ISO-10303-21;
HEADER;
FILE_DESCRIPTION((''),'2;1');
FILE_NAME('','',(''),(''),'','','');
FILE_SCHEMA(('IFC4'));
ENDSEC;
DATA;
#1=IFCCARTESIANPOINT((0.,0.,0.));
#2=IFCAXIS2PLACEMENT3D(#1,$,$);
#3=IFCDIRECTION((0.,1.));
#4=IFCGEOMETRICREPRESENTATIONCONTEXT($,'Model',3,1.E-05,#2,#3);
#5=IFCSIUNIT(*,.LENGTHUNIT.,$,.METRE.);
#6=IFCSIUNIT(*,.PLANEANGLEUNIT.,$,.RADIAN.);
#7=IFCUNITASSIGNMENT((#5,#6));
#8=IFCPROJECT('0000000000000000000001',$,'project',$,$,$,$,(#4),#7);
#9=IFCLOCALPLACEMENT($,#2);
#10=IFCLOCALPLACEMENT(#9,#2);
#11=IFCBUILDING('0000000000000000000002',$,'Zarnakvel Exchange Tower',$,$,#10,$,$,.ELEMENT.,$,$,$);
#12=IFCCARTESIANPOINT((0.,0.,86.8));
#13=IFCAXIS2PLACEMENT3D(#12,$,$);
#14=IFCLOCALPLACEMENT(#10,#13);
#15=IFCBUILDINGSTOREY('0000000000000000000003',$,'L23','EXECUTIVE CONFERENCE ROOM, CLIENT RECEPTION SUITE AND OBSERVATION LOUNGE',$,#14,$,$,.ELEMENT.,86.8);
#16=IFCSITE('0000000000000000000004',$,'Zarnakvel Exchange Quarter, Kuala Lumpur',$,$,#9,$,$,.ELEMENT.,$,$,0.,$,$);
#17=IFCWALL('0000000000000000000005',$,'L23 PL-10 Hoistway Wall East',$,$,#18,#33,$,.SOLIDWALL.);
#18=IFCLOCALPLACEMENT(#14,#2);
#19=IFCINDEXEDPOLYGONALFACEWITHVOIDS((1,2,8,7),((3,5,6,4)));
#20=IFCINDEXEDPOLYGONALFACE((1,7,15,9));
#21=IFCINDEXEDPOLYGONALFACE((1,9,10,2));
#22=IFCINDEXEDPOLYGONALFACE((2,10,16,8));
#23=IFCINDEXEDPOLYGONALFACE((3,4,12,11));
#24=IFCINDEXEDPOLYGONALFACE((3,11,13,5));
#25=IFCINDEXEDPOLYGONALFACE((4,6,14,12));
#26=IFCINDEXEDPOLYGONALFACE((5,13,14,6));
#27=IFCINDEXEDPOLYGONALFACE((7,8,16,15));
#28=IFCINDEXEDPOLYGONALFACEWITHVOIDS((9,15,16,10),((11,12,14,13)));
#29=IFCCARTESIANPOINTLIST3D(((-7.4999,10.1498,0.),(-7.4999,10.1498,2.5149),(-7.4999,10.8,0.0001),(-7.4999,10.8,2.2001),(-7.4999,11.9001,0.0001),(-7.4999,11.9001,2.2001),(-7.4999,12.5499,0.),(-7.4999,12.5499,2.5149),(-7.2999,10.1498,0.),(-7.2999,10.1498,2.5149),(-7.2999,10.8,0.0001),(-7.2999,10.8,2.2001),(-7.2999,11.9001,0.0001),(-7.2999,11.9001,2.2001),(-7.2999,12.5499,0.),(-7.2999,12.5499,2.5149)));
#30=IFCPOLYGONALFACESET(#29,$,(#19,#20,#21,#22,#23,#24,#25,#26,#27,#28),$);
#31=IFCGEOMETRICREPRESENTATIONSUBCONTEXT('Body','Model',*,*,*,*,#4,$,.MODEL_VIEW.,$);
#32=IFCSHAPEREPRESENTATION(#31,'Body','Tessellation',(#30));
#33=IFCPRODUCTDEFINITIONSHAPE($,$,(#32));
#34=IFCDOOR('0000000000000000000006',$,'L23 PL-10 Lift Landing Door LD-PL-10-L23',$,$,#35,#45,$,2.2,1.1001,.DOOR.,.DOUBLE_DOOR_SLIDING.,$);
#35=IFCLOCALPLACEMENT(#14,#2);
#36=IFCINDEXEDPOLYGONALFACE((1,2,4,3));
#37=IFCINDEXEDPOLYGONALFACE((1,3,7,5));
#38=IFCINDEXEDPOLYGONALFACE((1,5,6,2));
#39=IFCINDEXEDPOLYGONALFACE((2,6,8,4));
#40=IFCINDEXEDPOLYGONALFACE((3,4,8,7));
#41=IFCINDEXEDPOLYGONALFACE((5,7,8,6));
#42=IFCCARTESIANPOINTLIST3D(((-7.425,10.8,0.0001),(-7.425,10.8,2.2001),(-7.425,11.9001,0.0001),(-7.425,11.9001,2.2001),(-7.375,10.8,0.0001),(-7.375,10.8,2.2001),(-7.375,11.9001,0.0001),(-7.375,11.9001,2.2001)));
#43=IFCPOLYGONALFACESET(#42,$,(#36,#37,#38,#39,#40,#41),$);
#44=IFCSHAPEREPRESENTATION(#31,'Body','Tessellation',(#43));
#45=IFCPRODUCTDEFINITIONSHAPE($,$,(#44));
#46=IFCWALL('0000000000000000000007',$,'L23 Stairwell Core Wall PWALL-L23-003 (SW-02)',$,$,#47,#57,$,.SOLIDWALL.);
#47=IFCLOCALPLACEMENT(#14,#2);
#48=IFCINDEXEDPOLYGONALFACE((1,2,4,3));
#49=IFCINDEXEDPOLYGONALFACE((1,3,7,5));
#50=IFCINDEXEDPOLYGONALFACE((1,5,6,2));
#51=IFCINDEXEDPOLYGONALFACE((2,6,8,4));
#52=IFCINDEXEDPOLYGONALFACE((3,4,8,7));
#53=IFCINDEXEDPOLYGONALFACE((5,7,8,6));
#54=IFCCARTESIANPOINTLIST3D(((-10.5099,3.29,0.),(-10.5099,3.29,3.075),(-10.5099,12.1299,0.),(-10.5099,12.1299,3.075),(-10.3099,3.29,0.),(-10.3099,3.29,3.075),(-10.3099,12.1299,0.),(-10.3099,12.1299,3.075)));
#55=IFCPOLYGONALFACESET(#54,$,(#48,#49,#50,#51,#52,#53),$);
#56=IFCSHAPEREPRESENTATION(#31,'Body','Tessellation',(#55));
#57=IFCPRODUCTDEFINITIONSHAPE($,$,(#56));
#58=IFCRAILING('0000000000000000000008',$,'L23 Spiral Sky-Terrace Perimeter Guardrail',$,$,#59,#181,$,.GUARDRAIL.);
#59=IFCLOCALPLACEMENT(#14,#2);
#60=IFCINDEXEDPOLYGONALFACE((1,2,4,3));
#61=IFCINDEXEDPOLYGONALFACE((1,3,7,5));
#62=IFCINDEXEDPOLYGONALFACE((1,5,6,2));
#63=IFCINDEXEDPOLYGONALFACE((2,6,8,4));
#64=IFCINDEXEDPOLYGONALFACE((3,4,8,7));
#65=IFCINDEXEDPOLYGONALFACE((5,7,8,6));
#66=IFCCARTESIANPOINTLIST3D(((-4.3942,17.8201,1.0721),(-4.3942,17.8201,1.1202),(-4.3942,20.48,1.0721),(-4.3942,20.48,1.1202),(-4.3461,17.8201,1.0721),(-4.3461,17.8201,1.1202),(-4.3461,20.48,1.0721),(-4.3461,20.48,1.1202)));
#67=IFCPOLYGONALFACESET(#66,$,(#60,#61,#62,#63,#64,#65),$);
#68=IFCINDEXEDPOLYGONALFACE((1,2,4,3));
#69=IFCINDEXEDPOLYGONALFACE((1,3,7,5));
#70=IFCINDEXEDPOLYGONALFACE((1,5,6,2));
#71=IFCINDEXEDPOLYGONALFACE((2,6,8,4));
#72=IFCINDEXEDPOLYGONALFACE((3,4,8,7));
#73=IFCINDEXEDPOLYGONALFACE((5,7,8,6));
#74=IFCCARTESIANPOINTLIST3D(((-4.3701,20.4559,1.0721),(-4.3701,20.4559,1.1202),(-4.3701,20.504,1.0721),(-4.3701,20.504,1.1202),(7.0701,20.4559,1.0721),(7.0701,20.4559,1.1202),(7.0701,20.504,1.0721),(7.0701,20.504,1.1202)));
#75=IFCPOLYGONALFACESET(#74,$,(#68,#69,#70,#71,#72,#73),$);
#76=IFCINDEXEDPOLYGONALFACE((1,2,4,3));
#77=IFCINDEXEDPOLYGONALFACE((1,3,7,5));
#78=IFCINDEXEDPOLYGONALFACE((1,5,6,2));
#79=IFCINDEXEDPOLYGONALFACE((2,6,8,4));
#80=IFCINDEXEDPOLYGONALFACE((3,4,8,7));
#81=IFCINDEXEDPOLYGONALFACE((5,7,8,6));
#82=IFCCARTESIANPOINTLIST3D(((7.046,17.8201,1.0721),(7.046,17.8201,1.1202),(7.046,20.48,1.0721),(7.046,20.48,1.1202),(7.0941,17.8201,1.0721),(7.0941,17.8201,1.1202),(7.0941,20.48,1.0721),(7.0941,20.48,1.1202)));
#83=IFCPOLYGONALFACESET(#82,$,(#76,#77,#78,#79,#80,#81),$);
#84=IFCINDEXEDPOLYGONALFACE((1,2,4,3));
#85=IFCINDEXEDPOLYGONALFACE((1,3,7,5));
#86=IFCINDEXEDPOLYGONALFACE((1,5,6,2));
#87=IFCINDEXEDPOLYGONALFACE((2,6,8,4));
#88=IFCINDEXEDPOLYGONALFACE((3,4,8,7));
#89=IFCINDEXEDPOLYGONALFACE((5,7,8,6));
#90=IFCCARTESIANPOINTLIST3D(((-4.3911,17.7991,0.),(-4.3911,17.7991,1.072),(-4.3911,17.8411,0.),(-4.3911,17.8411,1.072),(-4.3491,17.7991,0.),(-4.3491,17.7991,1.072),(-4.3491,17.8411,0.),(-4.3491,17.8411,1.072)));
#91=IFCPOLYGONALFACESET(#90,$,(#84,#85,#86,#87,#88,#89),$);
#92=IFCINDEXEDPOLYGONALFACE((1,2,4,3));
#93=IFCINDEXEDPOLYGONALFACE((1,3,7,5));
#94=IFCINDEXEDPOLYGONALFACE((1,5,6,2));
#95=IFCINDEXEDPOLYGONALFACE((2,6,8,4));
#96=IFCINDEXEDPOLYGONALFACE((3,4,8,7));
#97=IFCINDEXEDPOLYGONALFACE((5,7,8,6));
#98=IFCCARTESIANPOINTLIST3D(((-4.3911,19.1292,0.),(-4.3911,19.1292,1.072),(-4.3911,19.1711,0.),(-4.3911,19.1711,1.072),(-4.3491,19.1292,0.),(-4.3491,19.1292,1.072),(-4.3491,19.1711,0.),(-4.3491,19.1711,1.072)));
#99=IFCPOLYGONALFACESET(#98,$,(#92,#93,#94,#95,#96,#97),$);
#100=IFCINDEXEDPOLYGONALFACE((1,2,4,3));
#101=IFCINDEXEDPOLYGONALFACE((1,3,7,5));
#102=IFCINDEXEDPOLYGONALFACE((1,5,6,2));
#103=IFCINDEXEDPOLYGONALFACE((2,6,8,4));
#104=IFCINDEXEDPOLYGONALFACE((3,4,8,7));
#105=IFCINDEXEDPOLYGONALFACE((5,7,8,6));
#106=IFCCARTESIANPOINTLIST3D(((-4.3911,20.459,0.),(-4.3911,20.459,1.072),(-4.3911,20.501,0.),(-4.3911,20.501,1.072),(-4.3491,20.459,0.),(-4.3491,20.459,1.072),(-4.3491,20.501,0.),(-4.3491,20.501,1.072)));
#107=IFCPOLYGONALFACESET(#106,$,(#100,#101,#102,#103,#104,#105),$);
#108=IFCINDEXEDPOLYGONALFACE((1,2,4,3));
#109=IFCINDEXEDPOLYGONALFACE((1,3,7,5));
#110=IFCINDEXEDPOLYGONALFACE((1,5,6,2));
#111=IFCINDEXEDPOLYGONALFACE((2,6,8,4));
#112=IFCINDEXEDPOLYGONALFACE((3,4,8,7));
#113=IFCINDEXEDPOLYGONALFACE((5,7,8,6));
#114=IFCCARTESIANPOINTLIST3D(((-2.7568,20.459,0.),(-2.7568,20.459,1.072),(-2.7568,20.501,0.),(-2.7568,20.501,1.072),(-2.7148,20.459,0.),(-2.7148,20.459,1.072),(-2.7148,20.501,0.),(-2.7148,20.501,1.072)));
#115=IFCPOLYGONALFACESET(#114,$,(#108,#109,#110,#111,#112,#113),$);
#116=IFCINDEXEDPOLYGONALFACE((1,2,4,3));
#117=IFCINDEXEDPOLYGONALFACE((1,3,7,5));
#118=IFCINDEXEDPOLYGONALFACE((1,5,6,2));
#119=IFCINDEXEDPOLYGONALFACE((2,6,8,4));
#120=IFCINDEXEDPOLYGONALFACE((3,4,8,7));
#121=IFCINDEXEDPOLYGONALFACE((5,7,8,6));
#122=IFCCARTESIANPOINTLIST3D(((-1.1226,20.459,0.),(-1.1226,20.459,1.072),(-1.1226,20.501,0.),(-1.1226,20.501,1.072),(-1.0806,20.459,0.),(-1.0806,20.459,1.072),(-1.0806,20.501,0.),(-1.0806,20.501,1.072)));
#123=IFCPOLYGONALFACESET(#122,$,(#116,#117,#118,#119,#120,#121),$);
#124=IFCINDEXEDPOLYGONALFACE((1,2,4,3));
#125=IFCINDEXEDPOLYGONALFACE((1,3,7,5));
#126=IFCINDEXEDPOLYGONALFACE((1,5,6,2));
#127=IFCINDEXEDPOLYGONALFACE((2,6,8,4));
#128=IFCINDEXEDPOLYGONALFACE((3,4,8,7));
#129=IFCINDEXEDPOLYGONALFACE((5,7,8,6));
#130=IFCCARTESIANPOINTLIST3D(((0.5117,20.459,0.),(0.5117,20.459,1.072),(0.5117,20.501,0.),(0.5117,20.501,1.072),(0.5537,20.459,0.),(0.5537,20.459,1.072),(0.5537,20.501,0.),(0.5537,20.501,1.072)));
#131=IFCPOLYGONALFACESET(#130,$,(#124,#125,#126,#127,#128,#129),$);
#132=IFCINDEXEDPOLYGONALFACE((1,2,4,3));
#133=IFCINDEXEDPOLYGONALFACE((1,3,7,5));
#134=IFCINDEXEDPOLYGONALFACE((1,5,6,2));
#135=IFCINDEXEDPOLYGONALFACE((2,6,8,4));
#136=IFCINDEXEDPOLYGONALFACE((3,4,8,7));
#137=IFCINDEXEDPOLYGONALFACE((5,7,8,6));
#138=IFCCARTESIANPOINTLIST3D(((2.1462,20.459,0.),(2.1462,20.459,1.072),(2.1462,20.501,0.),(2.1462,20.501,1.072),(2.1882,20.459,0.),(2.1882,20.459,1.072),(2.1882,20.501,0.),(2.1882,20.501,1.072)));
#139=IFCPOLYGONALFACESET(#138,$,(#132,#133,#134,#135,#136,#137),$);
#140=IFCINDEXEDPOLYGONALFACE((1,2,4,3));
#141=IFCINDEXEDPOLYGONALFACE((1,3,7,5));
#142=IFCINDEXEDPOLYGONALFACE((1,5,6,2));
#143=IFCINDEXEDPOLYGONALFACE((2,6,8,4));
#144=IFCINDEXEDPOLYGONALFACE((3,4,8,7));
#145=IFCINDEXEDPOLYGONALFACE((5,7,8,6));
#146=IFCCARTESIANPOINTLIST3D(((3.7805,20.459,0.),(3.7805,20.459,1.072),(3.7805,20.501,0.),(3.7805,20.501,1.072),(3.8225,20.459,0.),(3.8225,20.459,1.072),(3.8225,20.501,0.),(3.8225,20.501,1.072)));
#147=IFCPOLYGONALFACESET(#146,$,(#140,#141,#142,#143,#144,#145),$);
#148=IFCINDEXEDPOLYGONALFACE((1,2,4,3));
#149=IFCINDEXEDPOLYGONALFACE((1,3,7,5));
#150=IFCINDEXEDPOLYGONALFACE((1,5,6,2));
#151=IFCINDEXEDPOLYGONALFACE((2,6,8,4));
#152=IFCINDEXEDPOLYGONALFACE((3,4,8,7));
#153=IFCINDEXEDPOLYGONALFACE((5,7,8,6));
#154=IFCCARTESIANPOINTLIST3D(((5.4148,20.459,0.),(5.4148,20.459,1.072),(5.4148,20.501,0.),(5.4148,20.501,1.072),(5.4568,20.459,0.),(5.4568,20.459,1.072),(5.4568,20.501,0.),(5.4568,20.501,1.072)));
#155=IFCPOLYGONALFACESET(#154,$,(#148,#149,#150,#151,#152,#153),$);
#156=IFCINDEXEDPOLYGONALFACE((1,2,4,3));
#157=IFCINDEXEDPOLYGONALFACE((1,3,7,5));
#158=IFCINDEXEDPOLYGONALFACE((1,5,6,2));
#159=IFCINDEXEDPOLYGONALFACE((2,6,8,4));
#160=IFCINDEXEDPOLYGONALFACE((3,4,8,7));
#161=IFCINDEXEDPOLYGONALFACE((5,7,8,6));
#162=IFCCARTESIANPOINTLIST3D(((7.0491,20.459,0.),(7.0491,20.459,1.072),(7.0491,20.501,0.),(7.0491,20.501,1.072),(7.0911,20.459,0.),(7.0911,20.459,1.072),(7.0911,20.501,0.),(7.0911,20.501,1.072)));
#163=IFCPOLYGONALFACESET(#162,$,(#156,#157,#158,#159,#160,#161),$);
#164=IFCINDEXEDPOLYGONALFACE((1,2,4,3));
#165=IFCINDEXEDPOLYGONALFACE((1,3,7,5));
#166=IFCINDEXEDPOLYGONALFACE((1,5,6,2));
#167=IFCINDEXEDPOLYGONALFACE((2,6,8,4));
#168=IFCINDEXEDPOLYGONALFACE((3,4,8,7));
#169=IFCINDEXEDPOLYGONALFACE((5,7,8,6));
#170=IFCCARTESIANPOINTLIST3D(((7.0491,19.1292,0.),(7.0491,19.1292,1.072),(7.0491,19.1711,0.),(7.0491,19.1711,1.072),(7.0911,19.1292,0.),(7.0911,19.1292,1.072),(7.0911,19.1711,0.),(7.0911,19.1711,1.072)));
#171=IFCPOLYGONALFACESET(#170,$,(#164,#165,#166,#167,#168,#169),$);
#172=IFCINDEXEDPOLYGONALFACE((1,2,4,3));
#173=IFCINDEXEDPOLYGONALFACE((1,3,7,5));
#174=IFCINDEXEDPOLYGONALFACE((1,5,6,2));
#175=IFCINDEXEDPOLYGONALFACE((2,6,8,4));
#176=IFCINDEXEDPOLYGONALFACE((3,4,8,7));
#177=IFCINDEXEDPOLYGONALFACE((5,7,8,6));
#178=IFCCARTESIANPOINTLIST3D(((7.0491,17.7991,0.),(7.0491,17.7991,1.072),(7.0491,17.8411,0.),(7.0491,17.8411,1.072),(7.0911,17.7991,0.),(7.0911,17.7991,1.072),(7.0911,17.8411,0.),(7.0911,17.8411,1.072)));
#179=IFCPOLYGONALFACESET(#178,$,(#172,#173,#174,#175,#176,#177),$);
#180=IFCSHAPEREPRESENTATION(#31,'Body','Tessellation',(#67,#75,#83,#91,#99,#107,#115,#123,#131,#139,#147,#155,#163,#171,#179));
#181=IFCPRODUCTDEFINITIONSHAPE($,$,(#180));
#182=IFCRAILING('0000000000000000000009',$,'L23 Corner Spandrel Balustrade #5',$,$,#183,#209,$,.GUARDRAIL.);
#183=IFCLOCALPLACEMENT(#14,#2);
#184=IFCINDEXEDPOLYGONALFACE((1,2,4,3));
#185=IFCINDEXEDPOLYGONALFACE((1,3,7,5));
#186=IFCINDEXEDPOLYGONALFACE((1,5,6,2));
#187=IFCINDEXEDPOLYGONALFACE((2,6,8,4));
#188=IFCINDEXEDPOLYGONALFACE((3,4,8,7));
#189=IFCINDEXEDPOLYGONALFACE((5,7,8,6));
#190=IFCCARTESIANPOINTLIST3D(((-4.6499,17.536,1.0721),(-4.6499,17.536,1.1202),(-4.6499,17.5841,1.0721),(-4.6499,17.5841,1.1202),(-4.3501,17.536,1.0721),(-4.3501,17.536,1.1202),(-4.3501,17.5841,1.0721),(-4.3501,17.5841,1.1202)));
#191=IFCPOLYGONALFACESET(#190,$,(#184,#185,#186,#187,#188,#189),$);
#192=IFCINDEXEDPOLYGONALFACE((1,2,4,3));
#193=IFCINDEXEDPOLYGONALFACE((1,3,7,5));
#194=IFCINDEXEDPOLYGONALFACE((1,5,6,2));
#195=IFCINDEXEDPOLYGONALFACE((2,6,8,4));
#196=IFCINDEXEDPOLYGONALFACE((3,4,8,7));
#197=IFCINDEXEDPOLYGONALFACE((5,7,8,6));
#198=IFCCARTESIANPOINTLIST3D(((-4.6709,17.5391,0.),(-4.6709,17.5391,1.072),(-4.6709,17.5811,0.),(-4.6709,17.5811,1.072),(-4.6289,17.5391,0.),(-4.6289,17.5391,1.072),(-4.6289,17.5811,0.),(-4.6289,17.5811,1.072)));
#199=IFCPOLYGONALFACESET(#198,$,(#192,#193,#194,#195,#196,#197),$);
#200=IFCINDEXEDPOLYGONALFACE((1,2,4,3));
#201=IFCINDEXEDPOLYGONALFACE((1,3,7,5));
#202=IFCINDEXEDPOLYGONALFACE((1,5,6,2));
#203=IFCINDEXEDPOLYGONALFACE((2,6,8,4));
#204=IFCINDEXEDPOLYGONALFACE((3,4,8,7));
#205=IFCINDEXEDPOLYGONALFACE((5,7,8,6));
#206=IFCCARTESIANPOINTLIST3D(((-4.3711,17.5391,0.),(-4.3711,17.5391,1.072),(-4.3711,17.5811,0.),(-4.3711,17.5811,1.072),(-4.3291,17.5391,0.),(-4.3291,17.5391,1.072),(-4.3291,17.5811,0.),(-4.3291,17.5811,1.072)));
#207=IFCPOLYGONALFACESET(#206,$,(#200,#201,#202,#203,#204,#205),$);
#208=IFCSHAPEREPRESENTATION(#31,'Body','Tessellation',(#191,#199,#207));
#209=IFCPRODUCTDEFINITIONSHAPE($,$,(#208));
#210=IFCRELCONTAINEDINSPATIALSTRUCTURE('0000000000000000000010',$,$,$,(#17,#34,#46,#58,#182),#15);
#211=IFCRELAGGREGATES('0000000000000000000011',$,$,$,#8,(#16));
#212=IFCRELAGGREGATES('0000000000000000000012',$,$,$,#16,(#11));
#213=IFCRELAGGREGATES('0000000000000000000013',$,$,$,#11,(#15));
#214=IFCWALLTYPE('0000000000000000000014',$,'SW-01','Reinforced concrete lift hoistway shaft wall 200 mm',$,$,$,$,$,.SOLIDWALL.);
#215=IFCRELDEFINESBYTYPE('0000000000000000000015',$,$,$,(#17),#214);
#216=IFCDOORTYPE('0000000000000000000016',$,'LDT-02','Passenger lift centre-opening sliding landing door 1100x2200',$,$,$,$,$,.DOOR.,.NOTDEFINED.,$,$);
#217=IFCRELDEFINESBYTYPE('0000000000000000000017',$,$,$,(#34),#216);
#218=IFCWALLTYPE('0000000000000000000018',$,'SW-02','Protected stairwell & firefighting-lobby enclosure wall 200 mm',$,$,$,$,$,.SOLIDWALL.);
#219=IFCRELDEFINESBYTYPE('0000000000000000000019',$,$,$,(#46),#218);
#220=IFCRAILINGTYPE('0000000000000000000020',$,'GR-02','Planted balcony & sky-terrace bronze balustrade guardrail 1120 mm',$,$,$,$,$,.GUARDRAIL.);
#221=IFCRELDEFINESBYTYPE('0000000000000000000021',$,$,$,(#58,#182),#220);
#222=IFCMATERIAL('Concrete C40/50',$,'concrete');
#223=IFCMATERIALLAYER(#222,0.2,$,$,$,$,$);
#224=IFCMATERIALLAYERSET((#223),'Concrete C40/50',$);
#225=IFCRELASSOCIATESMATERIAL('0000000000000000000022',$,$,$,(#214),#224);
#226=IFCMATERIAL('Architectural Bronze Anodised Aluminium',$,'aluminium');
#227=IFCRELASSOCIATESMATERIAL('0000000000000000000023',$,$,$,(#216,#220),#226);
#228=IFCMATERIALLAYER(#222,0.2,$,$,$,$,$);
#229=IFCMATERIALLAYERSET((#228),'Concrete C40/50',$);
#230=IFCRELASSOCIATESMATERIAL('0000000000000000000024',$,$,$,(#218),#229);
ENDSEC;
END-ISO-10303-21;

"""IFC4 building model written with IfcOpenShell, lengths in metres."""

from ifc_helpers import new_model, si_unit, direction, frame, frame_2d, origin, origin_2d, place, context, subcontext, project, spatial, rectangle, extrude, source, transform, mapped, material, layer, layer_set, type_object, element, fill, save


model = new_model("IFC4")

# Units and contexts
model_context = context("Model", 3, precision=1e-05, world=origin(), true_north=direction((0.0, 1.0)))
body_context = subcontext(model_context, "Body", "Model", "MODEL_VIEW")
ifc_project = project(units=[si_unit("LENGTHUNIT", "METRE"), si_unit("PLANEANGLEUNIT", "RADIAN")], contexts=[model_context])

# Site, building, storey
site_placement = place(None, origin())
site = spatial("IfcSite", under=ifc_project, at=site_placement, Name="Zarnakvel Exchange Quarter, Kuala Lumpur", CompositionType="ELEMENT", RefElevation=0.0)
building_placement = place(site_placement, origin())
building = spatial("IfcBuilding", under=site, at=building_placement, Name="Zarnakvel Exchange Tower", CompositionType="ELEMENT")
storey_placement = place(building_placement, frame((0.0, 0.0, 86.8)))
storey = spatial("IfcBuildingStorey", under=building, at=storey_placement, Name="L23", Description="EXECUTIVE CONFERENCE ROOM, CLIENT RECEPTION SUITE AND OBSERVATION LOUNGE", CompositionType="ELEMENT", Elevation=86.8)

# Shared definitions
ifc_material_1 = material(Name="Architectural Bronze Anodised Aluminium", Category="aluminium")

# Shared definitions
ifc_material_2 = material(Name="Concrete C40/50", Category="concrete")
ifc_layer_1 = layer(ifc_material_2, 0.2)
ifc_layer_set_1 = layer_set([ifc_layer_1], Name="Concrete C40/50")
wall_type_1 = type_object("IfcWallType", Name="SW-01", Description="Reinforced concrete lift hoistway shaft wall 200 mm", PredefinedType="SOLIDWALL", material=ifc_layer_set_1)

# Wall, opening, door
wall_1_placement = place(storey_placement, frame((-7.3999, 12.55, 0.0), z_axis=(0.0, 0.0, 1.0), x_axis=(0.0, -1.0, 0.0)))
wall_1 = element("IfcWall", 1, at=wall_1_placement, inside=storey, type_object=wall_type_1, Name="L23 PL-10 Hoistway Wall East", PredefinedType="SOLIDWALL", context=body_context, shape_type="SweptSolid", body=[
    extrude(rectangle(XDim=2.4001, YDim=0.2, at=frame_2d((1.2002, 0.0))), origin(), (0.0, 0.0, 1.0), 2.5149),
])
opening_1_placement = place(wall_1_placement, frame((0.6499, 0.0, 0.0)))
opening_1 = element("IfcOpeningElement", 2, at=opening_1_placement, cuts=wall_1, PredefinedType="OPENING", context=body_context, shape_type="SweptSolid", body=[
    extrude(rectangle(XDim=1.1001, YDim=2.2, at=frame_2d((0.55, 1.1001))), frame((0.0, 0.1099, 0.0), z_axis=(0.0, -1.0, 0.0), x_axis=(1.0, 0.0, 0.0)), (0.0, 0.0, 1.0), 0.22),
])
door_type_1 = type_object("IfcDoorType", Name="LDT-02", Description="Passenger lift centre-opening sliding landing door 1100x2200", OperationType="NOTDEFINED", PredefinedType="DOOR", material=ifc_material_1)
shared_shape_1 = source(origin(), body_context, "Body", "SweptSolid", [
    extrude(rectangle(XDim=1.1001, YDim=2.2, at=frame_2d((0.55, 1.1001))), frame((0.0, 0.0249, 0.0), z_axis=(0.0, -1.0, 0.0), x_axis=(1.0, 0.0, 0.0)), (0.0, 0.0, 1.0), 0.05),
])
door_1_placement = place(opening_1_placement, origin())
door_1 = element("IfcDoor", 3, at=door_1_placement, inside=storey, type_object=door_type_1, Name="L23 PL-10 Lift Landing Door LD-PL-10-L23", OperationType="DOUBLE_DOOR_SLIDING", OverallHeight=2.2, OverallWidth=1.1001, PredefinedType="DOOR", context=body_context, shape_type="MappedRepresentation", body=[
    mapped(shared_shape_1, transform((0.0, 0.0, 0.0), x_axis=(1.0, 0.0, 0.0), y_axis=(0.0, 1.0, 0.0), z_axis=(0.0, 0.0, 1.0), scale=1.0)),
])
fill(opening_1, door_1)

# Wall
ifc_layer_2 = layer(ifc_material_2, 0.2)
ifc_layer_set_2 = layer_set([ifc_layer_2], Name="Concrete C40/50")
wall_type_2 = type_object("IfcWallType", Name="SW-02", Description="Protected stairwell & firefighting-lobby enclosure wall 200 mm", PredefinedType="SOLIDWALL", material=ifc_layer_set_2)
wall_2_placement = place(storey_placement, frame((-10.4099, 12.1299, 0.0), z_axis=(0.0, 0.0, 1.0), x_axis=(0.0, -1.0, 0.0)))
element("IfcWall", 4, at=wall_2_placement, inside=storey, type_object=wall_type_2, Name="L23 Stairwell Core Wall PWALL-L23-003 (SW-02)", PredefinedType="SOLIDWALL", context=body_context, shape_type="SweptSolid", body=[
    extrude(rectangle(XDim=8.8398, YDim=0.2, at=frame_2d((4.4199, 0.0))), origin(), (0.0, 0.0, 1.0), 3.075),
])

# Railings
railing_type = type_object("IfcRailingType", Name="GR-02", Description="Planted balcony & sky-terrace bronze balustrade guardrail 1120 mm", PredefinedType="GUARDRAIL", material=ifc_material_1)
railing_1_placement = place(storey_placement, frame((-4.3701, 17.8201, 0.0)))
element("IfcRailing", 5, at=railing_1_placement, inside=storey, type_object=railing_type, Name="L23 Spiral Sky-Terrace Perimeter Guardrail", PredefinedType="GUARDRAIL", context=body_context, shape_type="SweptSolid", body=[
    extrude(rectangle(XDim=0.0481, YDim=0.0481, at=origin_2d()), frame((0.0, 0.0, 1.0962), z_axis=(0.0, 1.0, 0.0), x_axis=(-1.0, 0.0, 0.0)), (0.0, 0.0, 1.0), 2.6599),
    extrude(rectangle(XDim=0.0481, YDim=0.0481, at=origin_2d()), frame((0.0, 2.6599, 1.0962), z_axis=(1.0, 0.0, 0.0), x_axis=(0.0, 1.0, 0.0)), (0.0, 0.0, 1.0), 11.4402),
    extrude(rectangle(XDim=0.0481, YDim=0.0481, at=origin_2d()), frame((11.4402, 2.6599, 1.0962), z_axis=(0.0, -1.0, 0.0), x_axis=(1.0, 0.0, 0.0)), (0.0, 0.0, 1.0), 2.6599),
    extrude(rectangle(XDim=0.042, YDim=0.042, at=origin_2d()), origin(), (0.0, 0.0, 1.0), 1.072),
    extrude(rectangle(XDim=0.042, YDim=0.042, at=origin_2d()), frame((0.0, 1.3301, 0.0)), (0.0, 0.0, 1.0), 1.072),
    extrude(rectangle(XDim=0.042, YDim=0.042, at=origin_2d()), frame((0.0, 2.6599, 0.0)), (0.0, 0.0, 1.0), 1.072),
    extrude(rectangle(XDim=0.042, YDim=0.042, at=origin_2d()), frame((1.6343, 2.6599, 0.0)), (0.0, 0.0, 1.0), 1.072),
    extrude(rectangle(XDim=0.042, YDim=0.042, at=origin_2d()), frame((3.2686, 2.6599, 0.0)), (0.0, 0.0, 1.0), 1.072),
    extrude(rectangle(XDim=0.042, YDim=0.042, at=origin_2d()), frame((4.9028, 2.6599, 0.0)), (0.0, 0.0, 1.0), 1.072),
    extrude(rectangle(XDim=0.042, YDim=0.042, at=origin_2d()), frame((6.5374, 2.6599, 0.0)), (0.0, 0.0, 1.0), 1.072),
    extrude(rectangle(XDim=0.042, YDim=0.042, at=origin_2d()), frame((8.1716, 2.6599, 0.0)), (0.0, 0.0, 1.0), 1.072),
    extrude(rectangle(XDim=0.042, YDim=0.042, at=origin_2d()), frame((9.8059, 2.6599, 0.0)), (0.0, 0.0, 1.0), 1.072),
    extrude(rectangle(XDim=0.042, YDim=0.042, at=origin_2d()), frame((11.4402, 2.6599, 0.0)), (0.0, 0.0, 1.0), 1.072),
    extrude(rectangle(XDim=0.042, YDim=0.042, at=origin_2d()), frame((11.4402, 1.3301, 0.0)), (0.0, 0.0, 1.0), 1.072),
    extrude(rectangle(XDim=0.042, YDim=0.042, at=origin_2d()), frame((11.4402, 0.0, 0.0)), (0.0, 0.0, 1.0), 1.072),
])
railing_2_placement = place(storey_placement, frame((-4.6499, 17.5601, 0.0)))
element("IfcRailing", 6, at=railing_2_placement, inside=storey, type_object=railing_type, Name="L23 Corner Spandrel Balustrade #5", PredefinedType="GUARDRAIL", context=body_context, shape_type="SweptSolid", body=[
    extrude(rectangle(XDim=0.0481, YDim=0.0481, at=origin_2d()), frame((0.0, 0.0, 1.0962), z_axis=(1.0, 0.0, 0.0), x_axis=(0.0, 1.0, 0.0)), (0.0, 0.0, 1.0), 0.2998),
    extrude(rectangle(XDim=0.042, YDim=0.042, at=origin_2d()), origin(), (0.0, 0.0, 1.0), 1.072),
    extrude(rectangle(XDim=0.042, YDim=0.042, at=origin_2d()), frame((0.2998, 0.0, 0.0)), (0.0, 0.0, 1.0), 1.072),
])

save(model, "model.ifc")
